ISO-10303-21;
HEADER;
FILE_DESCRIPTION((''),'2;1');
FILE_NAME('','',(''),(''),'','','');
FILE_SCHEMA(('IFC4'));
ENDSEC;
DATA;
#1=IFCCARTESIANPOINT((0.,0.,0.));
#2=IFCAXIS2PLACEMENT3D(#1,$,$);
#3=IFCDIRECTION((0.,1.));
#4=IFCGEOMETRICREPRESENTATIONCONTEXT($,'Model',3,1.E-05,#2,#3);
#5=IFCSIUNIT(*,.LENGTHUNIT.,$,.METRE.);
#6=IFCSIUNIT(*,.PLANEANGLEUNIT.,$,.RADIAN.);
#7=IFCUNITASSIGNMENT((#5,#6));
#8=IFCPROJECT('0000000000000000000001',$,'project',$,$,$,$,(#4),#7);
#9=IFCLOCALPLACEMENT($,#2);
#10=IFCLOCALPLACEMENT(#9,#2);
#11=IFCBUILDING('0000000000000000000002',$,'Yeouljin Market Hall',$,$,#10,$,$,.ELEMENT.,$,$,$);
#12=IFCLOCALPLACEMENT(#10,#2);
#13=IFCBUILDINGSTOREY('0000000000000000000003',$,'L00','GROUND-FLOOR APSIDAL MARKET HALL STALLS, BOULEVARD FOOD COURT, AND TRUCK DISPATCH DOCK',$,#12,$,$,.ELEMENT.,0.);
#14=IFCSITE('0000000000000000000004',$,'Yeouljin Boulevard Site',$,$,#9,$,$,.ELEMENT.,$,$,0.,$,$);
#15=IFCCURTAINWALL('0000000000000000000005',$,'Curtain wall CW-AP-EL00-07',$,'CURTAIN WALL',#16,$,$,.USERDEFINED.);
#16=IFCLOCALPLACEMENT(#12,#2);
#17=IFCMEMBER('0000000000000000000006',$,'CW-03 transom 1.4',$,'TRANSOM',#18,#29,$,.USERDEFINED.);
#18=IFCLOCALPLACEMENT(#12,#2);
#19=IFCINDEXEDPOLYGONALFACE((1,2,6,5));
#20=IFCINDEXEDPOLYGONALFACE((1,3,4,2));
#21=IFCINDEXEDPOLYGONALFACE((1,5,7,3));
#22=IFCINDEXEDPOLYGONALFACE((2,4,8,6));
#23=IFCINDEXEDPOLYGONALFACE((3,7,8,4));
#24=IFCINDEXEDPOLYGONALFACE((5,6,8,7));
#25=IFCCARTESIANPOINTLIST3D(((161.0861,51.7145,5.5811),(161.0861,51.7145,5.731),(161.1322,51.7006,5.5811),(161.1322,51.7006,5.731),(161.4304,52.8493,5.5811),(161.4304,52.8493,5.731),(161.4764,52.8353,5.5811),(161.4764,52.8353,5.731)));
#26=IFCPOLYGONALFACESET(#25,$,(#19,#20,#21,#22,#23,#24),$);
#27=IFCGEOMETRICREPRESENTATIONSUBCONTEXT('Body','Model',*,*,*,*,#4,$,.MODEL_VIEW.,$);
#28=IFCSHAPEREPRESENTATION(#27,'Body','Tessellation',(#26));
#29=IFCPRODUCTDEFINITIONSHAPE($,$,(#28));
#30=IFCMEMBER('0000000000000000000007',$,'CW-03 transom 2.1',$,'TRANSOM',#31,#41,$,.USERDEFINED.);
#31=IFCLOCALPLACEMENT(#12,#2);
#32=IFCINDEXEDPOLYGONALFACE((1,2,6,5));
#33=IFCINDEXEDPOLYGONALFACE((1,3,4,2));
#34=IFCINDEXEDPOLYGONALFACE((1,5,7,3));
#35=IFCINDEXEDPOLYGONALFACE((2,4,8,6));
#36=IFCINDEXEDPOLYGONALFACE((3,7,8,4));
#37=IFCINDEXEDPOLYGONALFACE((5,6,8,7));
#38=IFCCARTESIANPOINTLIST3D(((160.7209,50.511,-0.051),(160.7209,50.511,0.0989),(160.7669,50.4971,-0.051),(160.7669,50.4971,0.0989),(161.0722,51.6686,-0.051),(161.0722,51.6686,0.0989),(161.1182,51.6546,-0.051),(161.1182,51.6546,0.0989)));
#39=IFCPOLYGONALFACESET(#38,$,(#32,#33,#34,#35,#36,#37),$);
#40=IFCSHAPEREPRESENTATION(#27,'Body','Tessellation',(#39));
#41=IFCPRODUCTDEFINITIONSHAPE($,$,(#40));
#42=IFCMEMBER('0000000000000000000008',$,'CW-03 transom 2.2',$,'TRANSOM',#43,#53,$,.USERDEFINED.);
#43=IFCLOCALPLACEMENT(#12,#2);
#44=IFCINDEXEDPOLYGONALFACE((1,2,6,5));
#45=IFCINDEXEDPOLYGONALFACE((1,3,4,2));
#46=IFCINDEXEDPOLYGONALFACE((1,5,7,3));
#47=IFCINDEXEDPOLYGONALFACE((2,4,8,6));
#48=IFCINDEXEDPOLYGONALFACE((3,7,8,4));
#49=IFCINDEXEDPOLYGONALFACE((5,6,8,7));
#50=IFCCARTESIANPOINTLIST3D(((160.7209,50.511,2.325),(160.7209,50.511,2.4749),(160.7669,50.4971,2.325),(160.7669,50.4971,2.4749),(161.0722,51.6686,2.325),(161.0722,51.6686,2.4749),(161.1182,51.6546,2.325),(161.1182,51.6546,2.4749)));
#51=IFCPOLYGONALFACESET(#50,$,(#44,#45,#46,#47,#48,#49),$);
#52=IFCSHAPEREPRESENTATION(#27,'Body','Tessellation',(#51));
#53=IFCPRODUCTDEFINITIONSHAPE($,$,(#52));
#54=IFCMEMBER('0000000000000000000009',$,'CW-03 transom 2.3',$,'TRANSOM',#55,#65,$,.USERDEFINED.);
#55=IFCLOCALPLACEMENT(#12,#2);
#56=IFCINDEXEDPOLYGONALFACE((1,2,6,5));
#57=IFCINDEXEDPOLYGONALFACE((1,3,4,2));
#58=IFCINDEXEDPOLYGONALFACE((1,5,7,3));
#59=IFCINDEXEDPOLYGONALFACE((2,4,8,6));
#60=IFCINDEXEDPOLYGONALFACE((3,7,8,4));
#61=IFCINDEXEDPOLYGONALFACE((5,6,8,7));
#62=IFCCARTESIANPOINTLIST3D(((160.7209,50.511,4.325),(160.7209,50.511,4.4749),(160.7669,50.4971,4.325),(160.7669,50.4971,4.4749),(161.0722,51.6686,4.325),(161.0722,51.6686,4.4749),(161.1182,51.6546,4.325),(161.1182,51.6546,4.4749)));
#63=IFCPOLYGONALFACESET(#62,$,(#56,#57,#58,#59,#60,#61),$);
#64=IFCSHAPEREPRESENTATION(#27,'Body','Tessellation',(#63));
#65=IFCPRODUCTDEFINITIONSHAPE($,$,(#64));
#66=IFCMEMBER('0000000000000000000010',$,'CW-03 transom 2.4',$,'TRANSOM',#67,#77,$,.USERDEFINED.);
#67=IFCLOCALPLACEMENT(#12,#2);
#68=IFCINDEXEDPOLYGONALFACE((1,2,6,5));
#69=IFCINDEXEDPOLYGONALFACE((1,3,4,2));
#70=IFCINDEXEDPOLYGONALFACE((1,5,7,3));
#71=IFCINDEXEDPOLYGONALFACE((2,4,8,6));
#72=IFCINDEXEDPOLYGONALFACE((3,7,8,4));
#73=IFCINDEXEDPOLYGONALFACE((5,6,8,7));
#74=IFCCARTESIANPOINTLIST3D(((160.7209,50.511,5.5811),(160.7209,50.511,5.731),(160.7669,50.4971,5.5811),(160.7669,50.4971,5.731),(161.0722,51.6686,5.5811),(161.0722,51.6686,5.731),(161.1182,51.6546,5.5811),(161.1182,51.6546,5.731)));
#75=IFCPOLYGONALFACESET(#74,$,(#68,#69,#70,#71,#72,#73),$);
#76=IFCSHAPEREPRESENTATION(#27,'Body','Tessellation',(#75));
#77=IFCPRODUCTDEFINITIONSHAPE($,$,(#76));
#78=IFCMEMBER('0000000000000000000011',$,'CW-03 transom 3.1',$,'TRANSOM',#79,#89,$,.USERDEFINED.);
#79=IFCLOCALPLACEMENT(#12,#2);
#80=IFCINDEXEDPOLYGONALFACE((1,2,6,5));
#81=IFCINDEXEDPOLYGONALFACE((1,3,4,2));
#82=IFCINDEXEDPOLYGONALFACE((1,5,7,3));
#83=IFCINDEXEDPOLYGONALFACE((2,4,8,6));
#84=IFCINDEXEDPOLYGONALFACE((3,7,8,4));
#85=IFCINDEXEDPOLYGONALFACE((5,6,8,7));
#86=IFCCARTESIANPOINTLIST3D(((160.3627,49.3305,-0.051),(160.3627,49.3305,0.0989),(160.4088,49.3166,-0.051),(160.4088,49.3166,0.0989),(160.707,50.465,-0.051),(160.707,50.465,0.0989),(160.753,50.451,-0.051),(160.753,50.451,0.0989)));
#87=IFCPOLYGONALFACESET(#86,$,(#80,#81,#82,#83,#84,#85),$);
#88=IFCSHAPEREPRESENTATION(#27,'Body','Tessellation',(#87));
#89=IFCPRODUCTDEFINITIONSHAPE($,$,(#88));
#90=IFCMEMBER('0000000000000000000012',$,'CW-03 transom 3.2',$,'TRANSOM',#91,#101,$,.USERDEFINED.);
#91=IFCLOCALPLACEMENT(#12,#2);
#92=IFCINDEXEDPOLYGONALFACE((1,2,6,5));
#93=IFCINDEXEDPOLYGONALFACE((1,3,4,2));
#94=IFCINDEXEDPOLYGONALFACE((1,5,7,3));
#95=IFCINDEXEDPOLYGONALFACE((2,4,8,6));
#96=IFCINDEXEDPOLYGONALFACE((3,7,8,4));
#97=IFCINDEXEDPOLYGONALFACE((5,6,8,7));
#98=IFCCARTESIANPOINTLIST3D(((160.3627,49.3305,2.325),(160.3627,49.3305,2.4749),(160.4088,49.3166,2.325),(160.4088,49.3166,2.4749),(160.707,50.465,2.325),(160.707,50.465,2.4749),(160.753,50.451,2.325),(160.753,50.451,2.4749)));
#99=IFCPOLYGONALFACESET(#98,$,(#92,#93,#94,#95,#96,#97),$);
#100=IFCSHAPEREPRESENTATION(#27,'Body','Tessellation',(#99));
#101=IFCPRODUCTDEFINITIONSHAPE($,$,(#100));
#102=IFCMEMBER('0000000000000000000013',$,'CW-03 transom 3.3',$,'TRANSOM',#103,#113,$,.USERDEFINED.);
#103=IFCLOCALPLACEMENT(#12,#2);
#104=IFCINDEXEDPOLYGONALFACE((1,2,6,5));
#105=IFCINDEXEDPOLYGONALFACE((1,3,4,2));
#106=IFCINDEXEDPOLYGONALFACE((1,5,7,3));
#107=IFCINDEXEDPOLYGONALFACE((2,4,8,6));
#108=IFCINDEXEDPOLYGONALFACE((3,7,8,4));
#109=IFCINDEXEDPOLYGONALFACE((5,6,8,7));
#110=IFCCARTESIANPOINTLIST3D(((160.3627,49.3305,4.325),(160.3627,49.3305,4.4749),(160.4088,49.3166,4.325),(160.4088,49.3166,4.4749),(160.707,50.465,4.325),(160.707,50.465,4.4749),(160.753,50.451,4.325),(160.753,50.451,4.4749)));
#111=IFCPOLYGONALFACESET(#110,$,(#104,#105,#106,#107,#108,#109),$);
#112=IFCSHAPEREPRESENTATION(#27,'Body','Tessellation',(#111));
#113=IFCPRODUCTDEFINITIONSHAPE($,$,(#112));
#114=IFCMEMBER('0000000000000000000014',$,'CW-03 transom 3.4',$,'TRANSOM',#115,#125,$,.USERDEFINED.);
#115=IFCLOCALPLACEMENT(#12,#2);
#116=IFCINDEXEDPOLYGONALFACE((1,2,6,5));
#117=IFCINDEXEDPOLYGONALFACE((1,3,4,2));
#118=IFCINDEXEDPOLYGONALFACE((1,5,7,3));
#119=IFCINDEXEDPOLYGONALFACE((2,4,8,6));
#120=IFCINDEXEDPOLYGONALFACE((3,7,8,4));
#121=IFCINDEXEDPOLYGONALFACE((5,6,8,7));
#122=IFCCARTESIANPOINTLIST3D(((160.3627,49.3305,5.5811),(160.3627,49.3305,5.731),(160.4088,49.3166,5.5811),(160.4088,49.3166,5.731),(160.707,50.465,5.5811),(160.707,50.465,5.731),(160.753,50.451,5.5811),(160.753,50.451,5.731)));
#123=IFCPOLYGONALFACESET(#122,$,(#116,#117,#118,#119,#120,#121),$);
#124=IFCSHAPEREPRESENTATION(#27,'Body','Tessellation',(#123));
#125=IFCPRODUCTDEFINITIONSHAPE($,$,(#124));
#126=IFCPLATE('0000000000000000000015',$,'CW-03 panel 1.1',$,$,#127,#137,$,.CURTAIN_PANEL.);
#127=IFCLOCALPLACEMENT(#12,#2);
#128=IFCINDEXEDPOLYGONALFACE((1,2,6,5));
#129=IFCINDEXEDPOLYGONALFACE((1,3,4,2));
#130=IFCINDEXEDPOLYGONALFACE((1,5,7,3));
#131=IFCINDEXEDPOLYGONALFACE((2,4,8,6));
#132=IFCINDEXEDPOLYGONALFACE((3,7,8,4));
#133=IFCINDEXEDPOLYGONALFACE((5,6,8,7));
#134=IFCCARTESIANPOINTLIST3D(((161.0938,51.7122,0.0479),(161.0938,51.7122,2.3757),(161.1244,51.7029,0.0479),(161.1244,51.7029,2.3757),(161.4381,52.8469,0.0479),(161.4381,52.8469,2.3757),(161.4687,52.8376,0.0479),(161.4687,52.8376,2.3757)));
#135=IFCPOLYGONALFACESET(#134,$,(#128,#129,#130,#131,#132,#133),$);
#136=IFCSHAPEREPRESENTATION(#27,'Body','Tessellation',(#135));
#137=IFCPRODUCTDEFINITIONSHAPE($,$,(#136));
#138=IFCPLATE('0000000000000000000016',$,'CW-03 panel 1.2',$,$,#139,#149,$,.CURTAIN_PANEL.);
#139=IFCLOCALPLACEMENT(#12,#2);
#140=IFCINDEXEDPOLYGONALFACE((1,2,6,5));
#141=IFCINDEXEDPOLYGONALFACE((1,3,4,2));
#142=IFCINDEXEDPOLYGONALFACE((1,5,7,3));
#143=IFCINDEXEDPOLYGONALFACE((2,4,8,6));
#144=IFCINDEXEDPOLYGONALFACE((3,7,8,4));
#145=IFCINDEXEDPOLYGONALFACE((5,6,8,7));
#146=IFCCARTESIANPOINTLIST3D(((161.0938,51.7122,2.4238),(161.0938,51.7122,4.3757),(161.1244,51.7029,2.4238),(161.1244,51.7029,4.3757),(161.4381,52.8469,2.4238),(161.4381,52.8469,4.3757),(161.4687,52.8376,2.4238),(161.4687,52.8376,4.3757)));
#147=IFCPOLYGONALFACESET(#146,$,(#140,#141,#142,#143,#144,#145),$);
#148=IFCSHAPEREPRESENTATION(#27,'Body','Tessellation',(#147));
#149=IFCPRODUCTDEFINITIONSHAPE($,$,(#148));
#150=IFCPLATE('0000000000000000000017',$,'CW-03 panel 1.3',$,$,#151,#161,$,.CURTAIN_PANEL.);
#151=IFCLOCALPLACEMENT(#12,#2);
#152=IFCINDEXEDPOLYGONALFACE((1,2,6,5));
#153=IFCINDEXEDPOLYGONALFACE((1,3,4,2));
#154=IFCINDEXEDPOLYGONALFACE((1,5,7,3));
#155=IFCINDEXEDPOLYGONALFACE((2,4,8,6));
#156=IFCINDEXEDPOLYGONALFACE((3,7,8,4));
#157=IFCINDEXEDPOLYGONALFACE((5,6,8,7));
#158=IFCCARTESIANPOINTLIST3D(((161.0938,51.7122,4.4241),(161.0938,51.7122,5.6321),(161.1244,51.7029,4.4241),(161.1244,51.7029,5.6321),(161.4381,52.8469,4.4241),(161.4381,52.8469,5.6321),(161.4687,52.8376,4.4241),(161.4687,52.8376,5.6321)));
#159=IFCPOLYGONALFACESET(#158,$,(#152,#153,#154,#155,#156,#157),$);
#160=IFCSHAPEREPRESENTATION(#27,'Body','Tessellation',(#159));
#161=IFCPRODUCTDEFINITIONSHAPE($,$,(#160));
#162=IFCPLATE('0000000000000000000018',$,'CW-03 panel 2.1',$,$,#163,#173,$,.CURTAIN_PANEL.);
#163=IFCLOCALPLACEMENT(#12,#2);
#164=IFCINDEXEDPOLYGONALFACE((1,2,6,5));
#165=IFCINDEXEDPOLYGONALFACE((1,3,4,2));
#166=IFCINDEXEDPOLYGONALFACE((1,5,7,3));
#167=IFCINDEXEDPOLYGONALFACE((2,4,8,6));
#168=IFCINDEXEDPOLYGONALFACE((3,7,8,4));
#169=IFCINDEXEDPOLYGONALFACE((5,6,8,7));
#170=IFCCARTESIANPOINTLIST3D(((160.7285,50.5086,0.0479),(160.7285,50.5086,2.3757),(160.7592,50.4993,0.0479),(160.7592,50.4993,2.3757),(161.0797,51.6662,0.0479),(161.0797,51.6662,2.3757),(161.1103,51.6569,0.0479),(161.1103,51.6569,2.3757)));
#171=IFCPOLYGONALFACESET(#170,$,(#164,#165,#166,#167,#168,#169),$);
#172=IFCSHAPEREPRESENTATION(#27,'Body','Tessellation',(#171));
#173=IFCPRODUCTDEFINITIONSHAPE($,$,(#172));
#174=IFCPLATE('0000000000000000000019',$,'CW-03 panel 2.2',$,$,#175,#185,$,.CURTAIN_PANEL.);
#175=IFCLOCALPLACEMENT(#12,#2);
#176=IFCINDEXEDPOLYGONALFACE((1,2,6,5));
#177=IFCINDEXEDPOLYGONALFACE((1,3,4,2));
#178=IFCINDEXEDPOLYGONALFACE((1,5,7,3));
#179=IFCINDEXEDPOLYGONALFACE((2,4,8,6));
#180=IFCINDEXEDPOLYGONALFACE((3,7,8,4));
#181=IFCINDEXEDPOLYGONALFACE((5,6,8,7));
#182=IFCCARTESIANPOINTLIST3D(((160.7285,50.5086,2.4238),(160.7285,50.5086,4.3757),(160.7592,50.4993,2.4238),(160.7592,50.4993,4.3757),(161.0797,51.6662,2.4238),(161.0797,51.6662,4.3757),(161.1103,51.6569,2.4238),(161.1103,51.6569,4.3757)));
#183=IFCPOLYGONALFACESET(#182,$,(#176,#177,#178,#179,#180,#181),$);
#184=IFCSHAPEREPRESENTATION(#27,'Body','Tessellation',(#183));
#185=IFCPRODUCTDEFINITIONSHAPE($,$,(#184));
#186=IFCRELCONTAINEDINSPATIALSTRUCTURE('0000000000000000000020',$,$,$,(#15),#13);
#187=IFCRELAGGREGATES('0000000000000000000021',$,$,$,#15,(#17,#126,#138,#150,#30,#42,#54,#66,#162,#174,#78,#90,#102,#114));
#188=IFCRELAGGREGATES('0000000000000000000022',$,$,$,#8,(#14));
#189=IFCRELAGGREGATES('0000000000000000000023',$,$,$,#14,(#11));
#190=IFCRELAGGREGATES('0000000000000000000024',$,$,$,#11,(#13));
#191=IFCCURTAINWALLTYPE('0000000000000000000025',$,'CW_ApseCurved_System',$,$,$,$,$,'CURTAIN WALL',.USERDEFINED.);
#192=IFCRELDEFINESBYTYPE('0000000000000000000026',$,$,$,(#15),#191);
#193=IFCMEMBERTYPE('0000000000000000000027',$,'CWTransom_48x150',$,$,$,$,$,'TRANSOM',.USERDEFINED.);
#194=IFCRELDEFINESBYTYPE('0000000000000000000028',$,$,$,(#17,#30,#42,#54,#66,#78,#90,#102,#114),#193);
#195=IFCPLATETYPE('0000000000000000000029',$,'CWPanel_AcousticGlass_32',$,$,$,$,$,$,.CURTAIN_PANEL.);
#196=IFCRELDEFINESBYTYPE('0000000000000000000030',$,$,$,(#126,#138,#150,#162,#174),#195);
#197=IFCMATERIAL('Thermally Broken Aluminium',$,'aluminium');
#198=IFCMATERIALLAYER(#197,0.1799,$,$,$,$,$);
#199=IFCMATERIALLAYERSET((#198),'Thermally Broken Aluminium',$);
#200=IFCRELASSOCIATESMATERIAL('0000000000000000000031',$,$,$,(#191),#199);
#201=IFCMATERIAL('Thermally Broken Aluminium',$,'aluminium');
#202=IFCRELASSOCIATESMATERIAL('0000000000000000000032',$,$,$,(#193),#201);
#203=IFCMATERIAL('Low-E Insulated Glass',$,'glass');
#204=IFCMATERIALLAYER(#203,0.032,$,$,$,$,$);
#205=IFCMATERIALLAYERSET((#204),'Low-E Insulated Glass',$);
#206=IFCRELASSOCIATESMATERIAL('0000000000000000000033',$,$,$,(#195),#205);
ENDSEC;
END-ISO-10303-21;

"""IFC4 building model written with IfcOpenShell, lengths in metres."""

from ifc_helpers import new_model, si_unit, direction, frame, origin, origin_2d, place, context, subcontext, project, spatial, rectangle, extrude, material, layer, layer_set, material_profile, profile_set, type_object, element, aggregate, save


model = new_model("IFC4")

# Units and contexts
model_context = context("Model", 3, precision=1e-05, world=origin(), true_north=direction((0.0, 1.0)))
body_context = subcontext(model_context, "Body", "Model", "MODEL_VIEW")
ifc_project = project(units=[si_unit("LENGTHUNIT", "METRE"), si_unit("PLANEANGLEUNIT", "RADIAN")], contexts=[model_context])

# Site, building, storey
site_placement = place(None, origin())
site = spatial("IfcSite", under=ifc_project, at=site_placement, Name="Yeouljin Boulevard Site", CompositionType="ELEMENT", RefElevation=0.0)
building_placement = place(site_placement, origin())
building = spatial("IfcBuilding", under=site, at=building_placement, Name="Yeouljin Market Hall", CompositionType="ELEMENT")
storey_placement = place(building_placement, origin())
storey = spatial("IfcBuildingStorey", under=building, at=storey_placement, Name="L00", Description="GROUND-FLOOR APSIDAL MARKET HALL STALLS, BOULEVARD FOOD COURT, AND TRUCK DISPATCH DOCK", CompositionType="ELEMENT", Elevation=0.0)

# Shared definitions
ifc_material_1 = material(Name="Thermally Broken Aluminium", Category="aluminium")
ifc_layer_1 = layer(ifc_material_1, 0.1799)
ifc_layer_set_1 = layer_set([ifc_layer_1], Name="Thermally Broken Aluminium")
curtain_wall_type = type_object("IfcCurtainWallType", Name="CW_ApseCurved_System", ElementType="CURTAIN WALL", PredefinedType="USERDEFINED", material=ifc_layer_set_1)

# Curtain wall
curtain_wall_1_placement = place(storey_placement, origin())
curtain_wall_1 = element("IfcCurtainWall", 1, at=curtain_wall_1_placement, inside=storey, type_object=curtain_wall_type, Name="Curtain wall CW-AP-EL00-07", ObjectType="CURTAIN WALL", PredefinedType="USERDEFINED")

# Members
ifc_material_2 = material(Name="Thermally Broken Aluminium", Category="aluminium")
ifc_material_profile_1 = material_profile(ifc_material_2, rectangle(XDim=0.0481, YDim=0.1499, at=origin_2d()), Name="CW-TRAN-48x150")
ifc_profile_set_1 = profile_set([ifc_material_profile_1], Name="Thermally Broken Aluminium")
member_type_1 = type_object("IfcMemberType", Name="CWTransom_48x150", ElementType="TRANSOM", PredefinedType="USERDEFINED", material=ifc_profile_set_1)
member_1_placement = place(storey_placement, frame((161.4534, 52.8423, 5.656), z_axis=(-0.290293, -0.956938, 0.0), x_axis=(0.956938, -0.290293, 0.0)))
member_1 = element("IfcMember", 2, at=member_1_placement, type_object=member_type_1, Name="CW-03 transom 1.4", ObjectType="TRANSOM", PredefinedType="USERDEFINED", context=body_context, shape_type="SweptSolid", body=[
    extrude(rectangle(XDim=0.0481, YDim=0.1499, at=origin_2d()), origin(), (0.0, 0.0, 1.0), 1.1858),
])
member_2_placement = place(storey_placement, frame((161.0952, 51.6616, 0.0239), z_axis=(-0.290439, -0.956894, 0.0), x_axis=(0.956894, -0.290439, 0.0)))
member_2 = element("IfcMember", 3, at=member_2_placement, type_object=member_type_1, Name="CW-03 transom 2.1", ObjectType="TRANSOM", PredefinedType="USERDEFINED", context=body_context, shape_type="SweptSolid", body=[
    extrude(rectangle(XDim=0.0481, YDim=0.1499, at=origin_2d()), origin(), (0.0, 0.0, 1.0), 1.2097),
])
member_3_placement = place(storey_placement, frame((161.0952, 51.6616, 2.3999), z_axis=(-0.290439, -0.956894, 0.0), x_axis=(0.956894, -0.290439, 0.0)))
member_3 = element("IfcMember", 4, at=member_3_placement, type_object=member_type_1, Name="CW-03 transom 2.2", ObjectType="TRANSOM", PredefinedType="USERDEFINED", context=body_context, shape_type="SweptSolid", body=[
    extrude(rectangle(XDim=0.0481, YDim=0.1499, at=origin_2d()), origin(), (0.0, 0.0, 1.0), 1.2097),
])
member_4_placement = place(storey_placement, frame((161.0952, 51.6616, 4.3999), z_axis=(-0.290439, -0.956894, 0.0), x_axis=(0.956894, -0.290439, 0.0)))
member_4 = element("IfcMember", 5, at=member_4_placement, type_object=member_type_1, Name="CW-03 transom 2.3", ObjectType="TRANSOM", PredefinedType="USERDEFINED", context=body_context, shape_type="SweptSolid", body=[
    extrude(rectangle(XDim=0.0481, YDim=0.1499, at=origin_2d()), origin(), (0.0, 0.0, 1.0), 1.2097),
])
member_5_placement = place(storey_placement, frame((161.0952, 51.6616, 5.656), z_axis=(-0.290439, -0.956894, 0.0), x_axis=(0.956894, -0.290439, 0.0)))
member_5 = element("IfcMember", 6, at=member_5_placement, type_object=member_type_1, Name="CW-03 transom 2.4", ObjectType="TRANSOM", PredefinedType="USERDEFINED", context=body_context, shape_type="SweptSolid", body=[
    extrude(rectangle(XDim=0.0481, YDim=0.1499, at=origin_2d()), origin(), (0.0, 0.0, 1.0), 1.2097),
])
member_6_placement = place(storey_placement, frame((160.73, 50.458, 0.0239), z_axis=(-0.29035, -0.95692, 0.0), x_axis=(0.95692, -0.29035, 0.0)))
member_6 = element("IfcMember", 7, at=member_6_placement, type_object=member_type_1, Name="CW-03 transom 3.1", ObjectType="TRANSOM", PredefinedType="USERDEFINED", context=body_context, shape_type="SweptSolid", body=[
    extrude(rectangle(XDim=0.0481, YDim=0.1499, at=origin_2d()), origin(), (0.0, 0.0, 1.0), 1.1855),
])
member_7_placement = place(storey_placement, frame((160.73, 50.458, 2.3999), z_axis=(-0.29035, -0.95692, 0.0), x_axis=(0.95692, -0.29035, 0.0)))
member_7 = element("IfcMember", 8, at=member_7_placement, type_object=member_type_1, Name="CW-03 transom 3.2", ObjectType="TRANSOM", PredefinedType="USERDEFINED", context=body_context, shape_type="SweptSolid", body=[
    extrude(rectangle(XDim=0.0481, YDim=0.1499, at=origin_2d()), origin(), (0.0, 0.0, 1.0), 1.1855),
])
member_8_placement = place(storey_placement, frame((160.73, 50.458, 4.3999), z_axis=(-0.29035, -0.95692, 0.0), x_axis=(0.95692, -0.29035, 0.0)))
member_8 = element("IfcMember", 9, at=member_8_placement, type_object=member_type_1, Name="CW-03 transom 3.3", ObjectType="TRANSOM", PredefinedType="USERDEFINED", context=body_context, shape_type="SweptSolid", body=[
    extrude(rectangle(XDim=0.0481, YDim=0.1499, at=origin_2d()), origin(), (0.0, 0.0, 1.0), 1.1855),
])
member_9_placement = place(storey_placement, frame((160.73, 50.458, 5.656), z_axis=(-0.29035, -0.95692, 0.0), x_axis=(0.95692, -0.29035, 0.0)))
member_9 = element("IfcMember", 10, at=member_9_placement, type_object=member_type_1, Name="CW-03 transom 3.4", ObjectType="TRANSOM", PredefinedType="USERDEFINED", context=body_context, shape_type="SweptSolid", body=[
    extrude(rectangle(XDim=0.0481, YDim=0.1499, at=origin_2d()), origin(), (0.0, 0.0, 1.0), 1.1855),
])

# Plates
ifc_material_3 = material(Name="Low-E Insulated Glass", Category="glass")
ifc_layer_2 = layer(ifc_material_3, 0.032)
ifc_layer_set_2 = layer_set([ifc_layer_2], Name="Low-E Insulated Glass")
plate_type = type_object("IfcPlateType", Name="CWPanel_AcousticGlass_32", PredefinedType="CURTAIN_PANEL", material=ifc_layer_set_2)
plate_1_placement = place(storey_placement, frame((161.2812, 52.2749, 0.0479), z_axis=(0.0, 0.0, 1.0), x_axis=(-0.290286, -0.95694, 0.0)))
plate_1 = element("IfcPlate", 11, at=plate_1_placement, type_object=plate_type, Name="CW-03 panel 1.1", PredefinedType="CURTAIN_PANEL", context=body_context, shape_type="SweptSolid", body=[
    extrude(rectangle(XDim=1.1858, YDim=0.032, at=origin_2d()), origin(), (0.0, 0.0, 1.0), 2.3279),
])
plate_2_placement = place(storey_placement, frame((161.2812, 52.2749, 2.4238), z_axis=(0.0, 0.0, 1.0), x_axis=(-0.290286, -0.95694, 0.0)))
plate_2 = element("IfcPlate", 12, at=plate_2_placement, type_object=plate_type, Name="CW-03 panel 1.2", PredefinedType="CURTAIN_PANEL", context=body_context, shape_type="SweptSolid", body=[
    extrude(rectangle(XDim=1.1858, YDim=0.032, at=origin_2d()), origin(), (0.0, 0.0, 1.0), 1.9519),
])
plate_3_placement = place(storey_placement, frame((161.2812, 52.2749, 4.4241), z_axis=(0.0, 0.0, 1.0), x_axis=(-0.290286, -0.95694, 0.0)))
plate_3 = element("IfcPlate", 13, at=plate_3_placement, type_object=plate_type, Name="CW-03 panel 1.3", PredefinedType="CURTAIN_PANEL", context=body_context, shape_type="SweptSolid", body=[
    extrude(rectangle(XDim=1.1858, YDim=0.032, at=origin_2d()), origin(), (0.0, 0.0, 1.0), 1.208),
])
plate_4_placement = place(storey_placement, frame((160.9194, 51.0828, 0.0479), z_axis=(0.0, 0.0, 1.0), x_axis=(-0.290286, -0.95694, 0.0)))
plate_4 = element("IfcPlate", 14, at=plate_4_placement, type_object=plate_type, Name="CW-03 panel 2.1", PredefinedType="CURTAIN_PANEL", context=body_context, shape_type="SweptSolid", body=[
    extrude(rectangle(XDim=1.2097, YDim=0.032, at=origin_2d()), origin(), (0.0, 0.0, 1.0), 2.3279),
])
plate_5_placement = place(storey_placement, frame((160.9194, 51.0828, 2.4238), z_axis=(0.0, 0.0, 1.0), x_axis=(-0.290286, -0.95694, 0.0)))
plate_5 = element("IfcPlate", 15, at=plate_5_placement, type_object=plate_type, Name="CW-03 panel 2.2", PredefinedType="CURTAIN_PANEL", context=body_context, shape_type="SweptSolid", body=[
    extrude(rectangle(XDim=1.2097, YDim=0.032, at=origin_2d()), origin(), (0.0, 0.0, 1.0), 1.9519),
])
aggregate(curtain_wall_1, [member_1, plate_1, plate_2, plate_3, member_2, member_3, member_4, member_5, plate_4, plate_5, member_6, member_7, member_8, member_9])

save(model, "model.ifc")
